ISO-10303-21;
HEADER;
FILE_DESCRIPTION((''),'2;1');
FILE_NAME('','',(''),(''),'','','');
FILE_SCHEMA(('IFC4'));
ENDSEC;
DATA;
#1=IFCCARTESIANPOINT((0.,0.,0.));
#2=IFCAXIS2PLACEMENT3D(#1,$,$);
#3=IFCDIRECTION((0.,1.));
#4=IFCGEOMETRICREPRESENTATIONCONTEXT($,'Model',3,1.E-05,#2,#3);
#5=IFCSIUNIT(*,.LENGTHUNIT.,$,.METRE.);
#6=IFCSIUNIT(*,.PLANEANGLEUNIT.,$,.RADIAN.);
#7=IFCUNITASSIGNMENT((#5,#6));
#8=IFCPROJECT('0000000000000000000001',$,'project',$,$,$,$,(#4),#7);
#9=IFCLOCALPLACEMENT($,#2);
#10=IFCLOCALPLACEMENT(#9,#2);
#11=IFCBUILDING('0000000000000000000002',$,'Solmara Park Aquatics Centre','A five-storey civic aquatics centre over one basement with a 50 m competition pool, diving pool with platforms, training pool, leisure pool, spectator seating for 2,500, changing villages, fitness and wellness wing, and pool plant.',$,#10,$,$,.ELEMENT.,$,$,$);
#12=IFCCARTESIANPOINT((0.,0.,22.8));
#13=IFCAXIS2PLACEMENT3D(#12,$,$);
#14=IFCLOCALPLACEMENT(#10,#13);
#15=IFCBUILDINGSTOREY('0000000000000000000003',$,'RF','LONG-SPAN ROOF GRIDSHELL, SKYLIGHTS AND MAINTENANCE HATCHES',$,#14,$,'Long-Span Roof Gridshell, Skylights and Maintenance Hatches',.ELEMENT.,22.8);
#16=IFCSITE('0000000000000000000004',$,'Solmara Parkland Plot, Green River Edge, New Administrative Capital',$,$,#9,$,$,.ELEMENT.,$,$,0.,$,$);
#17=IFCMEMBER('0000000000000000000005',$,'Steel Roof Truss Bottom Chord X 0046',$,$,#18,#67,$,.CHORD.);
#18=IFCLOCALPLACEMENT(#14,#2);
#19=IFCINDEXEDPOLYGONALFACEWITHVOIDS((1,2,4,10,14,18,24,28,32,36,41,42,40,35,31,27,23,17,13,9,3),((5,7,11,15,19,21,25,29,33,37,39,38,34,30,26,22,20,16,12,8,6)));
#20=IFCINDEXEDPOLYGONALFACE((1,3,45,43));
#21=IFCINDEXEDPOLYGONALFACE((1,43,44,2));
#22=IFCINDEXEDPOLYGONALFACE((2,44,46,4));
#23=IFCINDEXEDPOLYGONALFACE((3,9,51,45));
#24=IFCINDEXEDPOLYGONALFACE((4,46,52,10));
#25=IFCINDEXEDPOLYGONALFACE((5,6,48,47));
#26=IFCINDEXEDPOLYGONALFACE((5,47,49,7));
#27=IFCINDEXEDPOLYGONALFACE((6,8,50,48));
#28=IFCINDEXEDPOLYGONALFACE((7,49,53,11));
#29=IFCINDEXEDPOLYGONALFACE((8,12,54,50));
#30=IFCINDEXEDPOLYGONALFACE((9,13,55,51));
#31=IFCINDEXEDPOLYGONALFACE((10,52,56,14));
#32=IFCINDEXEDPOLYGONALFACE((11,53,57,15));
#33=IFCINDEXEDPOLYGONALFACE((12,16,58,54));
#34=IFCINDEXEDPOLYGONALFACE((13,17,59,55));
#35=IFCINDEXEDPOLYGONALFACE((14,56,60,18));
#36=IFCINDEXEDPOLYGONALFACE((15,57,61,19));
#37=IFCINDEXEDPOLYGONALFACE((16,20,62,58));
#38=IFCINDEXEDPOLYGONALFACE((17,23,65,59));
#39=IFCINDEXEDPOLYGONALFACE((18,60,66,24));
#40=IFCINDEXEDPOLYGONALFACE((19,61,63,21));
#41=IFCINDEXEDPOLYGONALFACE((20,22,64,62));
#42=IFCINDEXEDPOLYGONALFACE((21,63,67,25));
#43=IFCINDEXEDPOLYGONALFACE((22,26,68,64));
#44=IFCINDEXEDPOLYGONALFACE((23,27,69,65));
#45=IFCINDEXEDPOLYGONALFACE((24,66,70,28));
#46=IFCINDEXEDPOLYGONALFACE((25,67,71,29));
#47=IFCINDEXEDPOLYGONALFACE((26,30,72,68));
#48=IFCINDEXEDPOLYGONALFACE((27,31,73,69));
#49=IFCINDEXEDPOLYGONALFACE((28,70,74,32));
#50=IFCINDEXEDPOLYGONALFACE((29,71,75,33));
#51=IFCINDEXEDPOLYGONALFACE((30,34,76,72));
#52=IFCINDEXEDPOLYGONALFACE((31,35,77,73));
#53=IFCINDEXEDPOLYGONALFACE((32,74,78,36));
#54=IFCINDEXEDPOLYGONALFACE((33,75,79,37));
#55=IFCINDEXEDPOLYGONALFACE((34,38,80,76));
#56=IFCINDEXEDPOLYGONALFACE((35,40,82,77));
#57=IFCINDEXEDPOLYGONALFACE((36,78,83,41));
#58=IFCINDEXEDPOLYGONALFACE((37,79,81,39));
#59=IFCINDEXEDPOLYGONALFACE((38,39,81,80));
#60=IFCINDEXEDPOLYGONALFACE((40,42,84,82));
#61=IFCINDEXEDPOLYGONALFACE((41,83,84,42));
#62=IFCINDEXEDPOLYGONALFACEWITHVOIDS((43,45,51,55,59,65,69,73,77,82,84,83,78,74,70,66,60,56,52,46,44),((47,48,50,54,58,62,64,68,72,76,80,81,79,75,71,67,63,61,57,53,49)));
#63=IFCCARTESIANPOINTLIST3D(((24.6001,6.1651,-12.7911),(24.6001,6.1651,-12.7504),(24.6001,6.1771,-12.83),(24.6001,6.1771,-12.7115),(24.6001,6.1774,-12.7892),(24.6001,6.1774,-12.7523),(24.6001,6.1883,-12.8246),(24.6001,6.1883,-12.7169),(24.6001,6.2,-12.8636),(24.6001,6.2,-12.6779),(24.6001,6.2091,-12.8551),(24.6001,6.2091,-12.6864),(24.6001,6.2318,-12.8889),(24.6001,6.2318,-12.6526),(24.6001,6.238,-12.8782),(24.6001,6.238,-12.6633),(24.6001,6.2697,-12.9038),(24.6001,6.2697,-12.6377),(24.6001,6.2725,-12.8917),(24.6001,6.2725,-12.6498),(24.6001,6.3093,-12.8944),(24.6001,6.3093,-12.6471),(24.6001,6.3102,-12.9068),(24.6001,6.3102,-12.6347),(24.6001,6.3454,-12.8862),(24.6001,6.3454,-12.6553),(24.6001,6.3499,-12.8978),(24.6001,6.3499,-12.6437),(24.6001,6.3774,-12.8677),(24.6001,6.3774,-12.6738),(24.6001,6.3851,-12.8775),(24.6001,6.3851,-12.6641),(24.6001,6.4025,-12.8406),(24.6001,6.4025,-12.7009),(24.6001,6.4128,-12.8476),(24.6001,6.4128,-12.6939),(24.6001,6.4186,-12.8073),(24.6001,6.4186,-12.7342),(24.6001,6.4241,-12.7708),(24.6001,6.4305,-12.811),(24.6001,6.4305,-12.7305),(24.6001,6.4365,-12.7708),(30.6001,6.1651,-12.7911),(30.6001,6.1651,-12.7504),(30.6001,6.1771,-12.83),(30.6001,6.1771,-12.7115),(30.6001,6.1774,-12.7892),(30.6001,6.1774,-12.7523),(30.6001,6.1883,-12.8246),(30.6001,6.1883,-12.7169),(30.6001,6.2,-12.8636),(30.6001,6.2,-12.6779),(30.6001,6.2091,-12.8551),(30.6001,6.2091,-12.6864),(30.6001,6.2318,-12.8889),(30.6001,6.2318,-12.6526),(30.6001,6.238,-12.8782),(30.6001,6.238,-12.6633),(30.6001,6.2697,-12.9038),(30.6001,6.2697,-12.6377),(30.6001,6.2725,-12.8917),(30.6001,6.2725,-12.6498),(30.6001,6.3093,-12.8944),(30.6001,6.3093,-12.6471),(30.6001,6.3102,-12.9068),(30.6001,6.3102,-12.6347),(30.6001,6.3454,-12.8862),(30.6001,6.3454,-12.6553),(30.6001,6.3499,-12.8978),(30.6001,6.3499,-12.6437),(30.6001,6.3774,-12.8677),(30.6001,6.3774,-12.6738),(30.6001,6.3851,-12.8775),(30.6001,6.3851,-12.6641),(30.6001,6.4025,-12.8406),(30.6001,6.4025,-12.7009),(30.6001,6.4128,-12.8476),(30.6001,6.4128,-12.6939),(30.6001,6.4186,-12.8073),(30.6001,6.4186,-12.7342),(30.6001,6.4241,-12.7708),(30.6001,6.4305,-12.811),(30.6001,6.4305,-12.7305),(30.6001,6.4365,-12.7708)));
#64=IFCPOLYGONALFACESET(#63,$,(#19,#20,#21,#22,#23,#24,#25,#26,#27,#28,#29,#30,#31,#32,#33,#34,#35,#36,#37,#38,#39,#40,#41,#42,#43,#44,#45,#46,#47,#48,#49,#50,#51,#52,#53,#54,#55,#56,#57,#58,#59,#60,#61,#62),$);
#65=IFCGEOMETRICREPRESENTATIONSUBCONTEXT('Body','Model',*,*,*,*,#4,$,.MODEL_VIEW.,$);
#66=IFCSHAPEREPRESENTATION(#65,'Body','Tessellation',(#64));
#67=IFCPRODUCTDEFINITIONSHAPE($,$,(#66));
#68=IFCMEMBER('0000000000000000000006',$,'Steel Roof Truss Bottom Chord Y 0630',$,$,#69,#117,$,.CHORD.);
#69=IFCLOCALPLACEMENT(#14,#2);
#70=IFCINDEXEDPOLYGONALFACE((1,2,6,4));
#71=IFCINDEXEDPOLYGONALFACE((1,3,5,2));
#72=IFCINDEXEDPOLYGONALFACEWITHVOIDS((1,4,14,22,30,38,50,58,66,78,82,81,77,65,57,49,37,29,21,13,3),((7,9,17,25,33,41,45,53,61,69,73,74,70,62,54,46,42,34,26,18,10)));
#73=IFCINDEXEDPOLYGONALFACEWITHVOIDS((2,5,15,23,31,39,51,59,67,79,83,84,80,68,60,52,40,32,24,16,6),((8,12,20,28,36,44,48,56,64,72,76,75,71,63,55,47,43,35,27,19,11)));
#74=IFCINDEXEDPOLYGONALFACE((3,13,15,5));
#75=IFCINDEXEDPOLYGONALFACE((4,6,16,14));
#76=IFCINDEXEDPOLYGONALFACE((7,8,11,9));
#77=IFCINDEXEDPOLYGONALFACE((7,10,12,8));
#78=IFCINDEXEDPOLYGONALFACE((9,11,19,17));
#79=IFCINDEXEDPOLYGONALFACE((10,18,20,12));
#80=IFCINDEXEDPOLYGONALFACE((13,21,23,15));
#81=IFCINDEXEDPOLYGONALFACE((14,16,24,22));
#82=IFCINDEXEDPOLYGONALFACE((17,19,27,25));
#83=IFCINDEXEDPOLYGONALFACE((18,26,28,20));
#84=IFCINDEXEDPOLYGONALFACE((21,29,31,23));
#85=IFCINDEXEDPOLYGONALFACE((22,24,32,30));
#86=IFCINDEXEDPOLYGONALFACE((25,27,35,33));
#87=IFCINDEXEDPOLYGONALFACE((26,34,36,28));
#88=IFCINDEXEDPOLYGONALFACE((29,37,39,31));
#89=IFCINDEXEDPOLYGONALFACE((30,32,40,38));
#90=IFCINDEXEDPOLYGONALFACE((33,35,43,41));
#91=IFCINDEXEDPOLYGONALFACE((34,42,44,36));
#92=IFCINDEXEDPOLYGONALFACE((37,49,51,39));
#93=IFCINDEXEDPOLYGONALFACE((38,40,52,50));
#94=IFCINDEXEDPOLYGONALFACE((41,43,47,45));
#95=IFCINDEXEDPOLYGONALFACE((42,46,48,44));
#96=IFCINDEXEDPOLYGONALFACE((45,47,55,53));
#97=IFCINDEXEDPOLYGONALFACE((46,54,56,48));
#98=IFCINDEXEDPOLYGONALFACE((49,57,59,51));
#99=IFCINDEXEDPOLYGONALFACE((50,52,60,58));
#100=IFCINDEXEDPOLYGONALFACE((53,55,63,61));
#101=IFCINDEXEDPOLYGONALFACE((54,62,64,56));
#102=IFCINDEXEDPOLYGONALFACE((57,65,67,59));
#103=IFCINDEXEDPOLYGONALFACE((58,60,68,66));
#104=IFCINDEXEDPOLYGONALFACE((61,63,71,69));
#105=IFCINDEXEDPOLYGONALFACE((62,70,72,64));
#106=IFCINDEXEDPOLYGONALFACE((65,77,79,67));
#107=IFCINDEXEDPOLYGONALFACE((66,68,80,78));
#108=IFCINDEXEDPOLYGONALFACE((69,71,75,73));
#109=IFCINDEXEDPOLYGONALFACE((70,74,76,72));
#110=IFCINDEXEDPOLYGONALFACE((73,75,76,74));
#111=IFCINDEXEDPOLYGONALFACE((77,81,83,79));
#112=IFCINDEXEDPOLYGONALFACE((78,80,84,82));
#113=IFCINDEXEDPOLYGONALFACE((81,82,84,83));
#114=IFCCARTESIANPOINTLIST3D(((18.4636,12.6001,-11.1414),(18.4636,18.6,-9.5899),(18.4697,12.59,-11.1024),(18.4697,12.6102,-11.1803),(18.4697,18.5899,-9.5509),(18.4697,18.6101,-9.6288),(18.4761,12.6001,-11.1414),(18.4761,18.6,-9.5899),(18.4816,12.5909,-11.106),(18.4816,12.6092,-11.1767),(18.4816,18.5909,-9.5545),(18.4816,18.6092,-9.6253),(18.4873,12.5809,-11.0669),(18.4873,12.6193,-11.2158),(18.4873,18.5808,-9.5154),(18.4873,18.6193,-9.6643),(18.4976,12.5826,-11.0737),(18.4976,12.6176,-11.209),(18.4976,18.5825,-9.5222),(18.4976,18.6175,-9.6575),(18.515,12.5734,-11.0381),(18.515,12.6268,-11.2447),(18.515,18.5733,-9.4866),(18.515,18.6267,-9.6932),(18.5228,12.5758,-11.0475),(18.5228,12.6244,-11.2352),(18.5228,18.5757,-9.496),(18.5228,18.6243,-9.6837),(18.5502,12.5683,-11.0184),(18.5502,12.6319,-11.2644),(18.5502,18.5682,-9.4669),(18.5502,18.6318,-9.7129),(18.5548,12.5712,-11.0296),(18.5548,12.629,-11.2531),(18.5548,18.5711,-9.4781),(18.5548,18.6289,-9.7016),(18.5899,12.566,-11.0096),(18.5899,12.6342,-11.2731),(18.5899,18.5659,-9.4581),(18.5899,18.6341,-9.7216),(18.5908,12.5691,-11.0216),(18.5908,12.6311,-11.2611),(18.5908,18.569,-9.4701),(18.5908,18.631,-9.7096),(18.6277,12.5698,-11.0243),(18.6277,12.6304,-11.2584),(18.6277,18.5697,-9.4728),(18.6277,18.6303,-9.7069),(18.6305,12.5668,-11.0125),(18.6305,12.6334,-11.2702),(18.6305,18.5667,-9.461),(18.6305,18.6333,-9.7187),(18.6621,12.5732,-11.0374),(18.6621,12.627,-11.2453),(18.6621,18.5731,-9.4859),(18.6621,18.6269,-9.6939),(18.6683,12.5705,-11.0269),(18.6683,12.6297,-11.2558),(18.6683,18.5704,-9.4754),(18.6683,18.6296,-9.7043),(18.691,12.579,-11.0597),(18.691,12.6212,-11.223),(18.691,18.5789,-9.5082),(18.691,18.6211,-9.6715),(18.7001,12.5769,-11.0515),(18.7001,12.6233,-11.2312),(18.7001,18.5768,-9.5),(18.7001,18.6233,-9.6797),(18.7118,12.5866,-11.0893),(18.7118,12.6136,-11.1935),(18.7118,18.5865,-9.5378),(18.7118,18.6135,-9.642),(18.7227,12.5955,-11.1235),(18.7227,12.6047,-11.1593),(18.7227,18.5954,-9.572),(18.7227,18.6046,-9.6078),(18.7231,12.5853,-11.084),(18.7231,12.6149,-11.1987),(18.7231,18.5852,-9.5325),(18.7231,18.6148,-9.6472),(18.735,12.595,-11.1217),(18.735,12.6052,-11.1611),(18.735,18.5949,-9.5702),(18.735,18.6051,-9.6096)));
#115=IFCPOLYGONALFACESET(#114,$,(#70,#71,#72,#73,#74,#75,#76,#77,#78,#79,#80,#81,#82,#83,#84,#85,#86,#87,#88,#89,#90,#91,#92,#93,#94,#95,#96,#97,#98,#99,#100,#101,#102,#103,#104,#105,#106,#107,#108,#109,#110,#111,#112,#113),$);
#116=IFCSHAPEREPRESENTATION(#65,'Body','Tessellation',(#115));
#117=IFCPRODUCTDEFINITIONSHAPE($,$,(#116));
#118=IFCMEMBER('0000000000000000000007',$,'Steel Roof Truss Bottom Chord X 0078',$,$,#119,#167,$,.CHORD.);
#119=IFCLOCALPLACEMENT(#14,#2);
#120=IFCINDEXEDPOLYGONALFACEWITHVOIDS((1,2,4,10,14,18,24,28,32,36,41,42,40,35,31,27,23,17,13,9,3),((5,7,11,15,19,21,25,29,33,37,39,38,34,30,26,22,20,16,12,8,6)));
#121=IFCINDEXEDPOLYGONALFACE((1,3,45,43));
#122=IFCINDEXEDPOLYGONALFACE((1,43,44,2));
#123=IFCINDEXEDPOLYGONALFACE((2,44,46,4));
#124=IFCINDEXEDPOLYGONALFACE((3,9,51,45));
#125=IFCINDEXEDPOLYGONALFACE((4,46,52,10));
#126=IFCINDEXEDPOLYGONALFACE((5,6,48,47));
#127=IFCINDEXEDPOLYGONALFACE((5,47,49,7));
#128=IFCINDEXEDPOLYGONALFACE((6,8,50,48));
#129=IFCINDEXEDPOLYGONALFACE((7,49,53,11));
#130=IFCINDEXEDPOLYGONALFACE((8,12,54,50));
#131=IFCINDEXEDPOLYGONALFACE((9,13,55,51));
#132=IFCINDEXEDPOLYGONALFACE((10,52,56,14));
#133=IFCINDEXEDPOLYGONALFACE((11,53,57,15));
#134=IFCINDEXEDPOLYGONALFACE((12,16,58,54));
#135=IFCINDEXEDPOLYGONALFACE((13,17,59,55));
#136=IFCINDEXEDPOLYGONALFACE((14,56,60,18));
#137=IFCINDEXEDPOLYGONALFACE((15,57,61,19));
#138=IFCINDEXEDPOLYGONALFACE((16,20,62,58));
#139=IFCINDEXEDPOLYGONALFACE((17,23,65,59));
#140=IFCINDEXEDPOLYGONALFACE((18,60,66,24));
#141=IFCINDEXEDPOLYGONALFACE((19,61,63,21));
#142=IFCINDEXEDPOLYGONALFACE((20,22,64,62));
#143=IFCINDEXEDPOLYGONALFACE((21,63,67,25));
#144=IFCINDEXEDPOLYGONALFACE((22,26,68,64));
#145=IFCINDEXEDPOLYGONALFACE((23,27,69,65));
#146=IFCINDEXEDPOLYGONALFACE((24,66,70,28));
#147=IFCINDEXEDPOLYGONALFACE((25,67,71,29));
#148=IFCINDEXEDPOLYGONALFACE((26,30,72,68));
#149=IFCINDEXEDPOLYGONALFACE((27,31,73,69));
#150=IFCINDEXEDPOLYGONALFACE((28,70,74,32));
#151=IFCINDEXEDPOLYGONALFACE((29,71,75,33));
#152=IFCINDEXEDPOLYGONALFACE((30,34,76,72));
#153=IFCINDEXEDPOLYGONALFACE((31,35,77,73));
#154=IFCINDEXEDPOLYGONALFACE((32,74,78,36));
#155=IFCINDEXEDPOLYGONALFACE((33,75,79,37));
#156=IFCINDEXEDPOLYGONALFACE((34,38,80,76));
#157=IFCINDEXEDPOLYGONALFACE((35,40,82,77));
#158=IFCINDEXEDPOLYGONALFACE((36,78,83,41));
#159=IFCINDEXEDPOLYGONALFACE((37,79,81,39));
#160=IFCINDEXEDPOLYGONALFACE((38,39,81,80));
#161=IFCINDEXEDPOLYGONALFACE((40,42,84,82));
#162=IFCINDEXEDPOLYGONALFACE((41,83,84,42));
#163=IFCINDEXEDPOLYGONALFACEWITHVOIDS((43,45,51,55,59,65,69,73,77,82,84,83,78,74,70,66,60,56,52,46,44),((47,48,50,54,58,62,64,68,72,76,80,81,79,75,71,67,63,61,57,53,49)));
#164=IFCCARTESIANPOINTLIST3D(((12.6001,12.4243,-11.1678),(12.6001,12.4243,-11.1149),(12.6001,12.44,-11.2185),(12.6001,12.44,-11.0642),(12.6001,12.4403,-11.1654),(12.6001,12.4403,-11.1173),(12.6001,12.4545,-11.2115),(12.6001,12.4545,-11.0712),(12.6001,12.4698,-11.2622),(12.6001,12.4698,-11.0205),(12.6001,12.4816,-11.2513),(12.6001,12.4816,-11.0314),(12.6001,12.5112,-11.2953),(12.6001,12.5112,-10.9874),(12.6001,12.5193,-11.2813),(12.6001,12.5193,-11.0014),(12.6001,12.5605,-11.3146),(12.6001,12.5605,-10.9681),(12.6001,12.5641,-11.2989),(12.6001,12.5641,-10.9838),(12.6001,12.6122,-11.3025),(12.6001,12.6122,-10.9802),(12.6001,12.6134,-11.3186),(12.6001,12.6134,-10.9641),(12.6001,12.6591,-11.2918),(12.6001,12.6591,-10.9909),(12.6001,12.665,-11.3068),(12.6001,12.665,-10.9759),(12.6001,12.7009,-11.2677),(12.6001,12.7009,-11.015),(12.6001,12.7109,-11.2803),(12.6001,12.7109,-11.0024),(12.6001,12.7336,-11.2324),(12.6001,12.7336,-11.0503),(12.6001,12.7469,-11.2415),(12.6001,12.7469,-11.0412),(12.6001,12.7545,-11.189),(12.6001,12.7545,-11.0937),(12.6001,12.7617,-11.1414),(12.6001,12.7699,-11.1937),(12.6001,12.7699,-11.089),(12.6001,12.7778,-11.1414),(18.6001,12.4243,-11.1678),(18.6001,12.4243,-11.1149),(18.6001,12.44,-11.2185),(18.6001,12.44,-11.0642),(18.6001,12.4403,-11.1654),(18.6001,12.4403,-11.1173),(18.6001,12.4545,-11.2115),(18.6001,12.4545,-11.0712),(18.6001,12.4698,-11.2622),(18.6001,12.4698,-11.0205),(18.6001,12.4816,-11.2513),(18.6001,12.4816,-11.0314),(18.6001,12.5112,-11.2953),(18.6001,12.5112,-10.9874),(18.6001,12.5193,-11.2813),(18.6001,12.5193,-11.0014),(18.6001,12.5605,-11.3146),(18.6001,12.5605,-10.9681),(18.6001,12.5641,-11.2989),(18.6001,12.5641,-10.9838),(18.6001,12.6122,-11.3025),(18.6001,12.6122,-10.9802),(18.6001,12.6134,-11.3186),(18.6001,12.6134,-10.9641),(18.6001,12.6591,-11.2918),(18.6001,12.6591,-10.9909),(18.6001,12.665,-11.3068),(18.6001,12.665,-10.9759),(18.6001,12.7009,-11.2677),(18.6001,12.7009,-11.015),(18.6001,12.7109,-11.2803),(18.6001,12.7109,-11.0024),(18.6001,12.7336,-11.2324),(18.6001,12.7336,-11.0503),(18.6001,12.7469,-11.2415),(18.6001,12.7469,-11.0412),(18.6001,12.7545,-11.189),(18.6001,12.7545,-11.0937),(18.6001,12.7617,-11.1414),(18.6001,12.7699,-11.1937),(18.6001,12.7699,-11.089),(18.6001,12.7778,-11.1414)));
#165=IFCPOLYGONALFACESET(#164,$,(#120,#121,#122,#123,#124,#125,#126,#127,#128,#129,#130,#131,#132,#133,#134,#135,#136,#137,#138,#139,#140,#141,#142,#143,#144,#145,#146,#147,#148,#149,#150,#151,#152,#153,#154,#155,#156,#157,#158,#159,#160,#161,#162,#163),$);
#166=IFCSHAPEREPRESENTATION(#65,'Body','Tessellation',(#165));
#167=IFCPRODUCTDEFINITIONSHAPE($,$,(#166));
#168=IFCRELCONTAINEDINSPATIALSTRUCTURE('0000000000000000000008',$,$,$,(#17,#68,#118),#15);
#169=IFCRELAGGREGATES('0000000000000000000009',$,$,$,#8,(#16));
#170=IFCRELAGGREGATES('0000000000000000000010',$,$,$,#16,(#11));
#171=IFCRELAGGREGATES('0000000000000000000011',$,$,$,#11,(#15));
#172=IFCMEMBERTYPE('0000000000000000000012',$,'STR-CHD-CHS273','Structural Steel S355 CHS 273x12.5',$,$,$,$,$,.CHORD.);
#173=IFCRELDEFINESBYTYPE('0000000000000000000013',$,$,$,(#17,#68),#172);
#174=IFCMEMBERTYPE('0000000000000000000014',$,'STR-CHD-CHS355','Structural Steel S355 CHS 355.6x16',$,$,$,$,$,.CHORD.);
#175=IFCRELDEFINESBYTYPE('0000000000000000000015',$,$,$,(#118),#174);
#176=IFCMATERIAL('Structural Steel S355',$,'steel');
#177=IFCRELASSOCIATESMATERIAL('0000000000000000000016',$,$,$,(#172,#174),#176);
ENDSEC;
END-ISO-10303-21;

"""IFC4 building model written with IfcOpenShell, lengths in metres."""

from ifc_helpers import new_model, si_unit, direction, frame, origin, origin_2d, place, context, subcontext, project, spatial, hollow_circle, extrude, material, material_profile, profile_set, type_object, element, save


model = new_model("IFC4")

# Units and contexts
model_context = context("Model", 3, precision=1e-05, world=origin(), true_north=direction((0.0, 1.0)))
body_context = subcontext(model_context, "Body", "Model", "MODEL_VIEW")
ifc_project = project(units=[si_unit("LENGTHUNIT", "METRE"), si_unit("PLANEANGLEUNIT", "RADIAN")], contexts=[model_context])

# Site, building, storey
site_placement = place(None, origin())
site = spatial("IfcSite", under=ifc_project, at=site_placement, Name="Solmara Parkland Plot, Green River Edge, New Administrative Capital", CompositionType="ELEMENT", RefElevation=0.0)
building_placement = place(site_placement, origin())
building = spatial("IfcBuilding", under=site, at=building_placement, Name="Solmara Park Aquatics Centre", Description="A five-storey civic aquatics centre over one basement with a 50 m competition pool, diving pool with platforms, training pool, leisure pool, spectator seating for 2,500, changing villages, fitness and wellness wing, and pool plant.", CompositionType="ELEMENT")
storey_placement = place(building_placement, frame((0.0, 0.0, 22.8)))
storey = spatial("IfcBuildingStorey", under=building, at=storey_placement, Name="RF", Description="LONG-SPAN ROOF GRIDSHELL, SKYLIGHTS AND MAINTENANCE HATCHES", LongName="Long-Span Roof Gridshell, Skylights and Maintenance Hatches", CompositionType="ELEMENT", Elevation=22.8)

# Members
ifc_material_1 = material(Name="Structural Steel S355", Category="steel")
ifc_material_profile_1 = material_profile(ifc_material_1, hollow_circle(Radius=0.1365, WallThickness=0.0125, at=origin_2d()), Name="CHS 273x12.5")
ifc_profile_set_1 = profile_set([ifc_material_profile_1], Name="Structural Steel S355")
member_type_1 = type_object("IfcMemberType", Name="STR-CHD-CHS273", Description="Structural Steel S355 CHS 273x12.5", PredefinedType="CHORD", material=ifc_profile_set_1)
member_1_placement = place(storey_placement, frame((24.6001, 6.3, -12.7708), z_axis=(1.0, 0.0, 0.0), x_axis=(0.0, 1.0, 0.0)))
element("IfcMember", 1, at=member_1_placement, inside=storey, type_object=member_type_1, Name="Steel Roof Truss Bottom Chord X 0046", PredefinedType="CHORD", context=body_context, shape_type="SweptSolid", body=[
    extrude(hollow_circle(Radius=0.1365, WallThickness=0.0125, at=origin_2d()), origin(), (0.0, 0.0, 1.0), 6.0),
])
member_2_placement = place(storey_placement, frame((18.6001, 12.6001, -11.1414), z_axis=(0.0, 0.968155, 0.250351), x_axis=(-1.0, 0.0, 0.0)))
element("IfcMember", 2, at=member_2_placement, inside=storey, type_object=member_type_1, Name="Steel Roof Truss Bottom Chord Y 0630", PredefinedType="CHORD", context=body_context, shape_type="SweptSolid", body=[
    extrude(hollow_circle(Radius=0.1365, WallThickness=0.0125, at=origin_2d()), origin(), (0.0, 0.0, 1.0), 6.1973),
])
ifc_material_profile_2 = material_profile(ifc_material_1, hollow_circle(Radius=0.1777, WallThickness=0.0161, at=origin_2d()), Name="CHS 355.6x16")
ifc_profile_set_2 = profile_set([ifc_material_profile_2], Name="Structural Steel S355")
member_type_2 = type_object("IfcMemberType", Name="STR-CHD-CHS355", Description="Structural Steel S355 CHS 355.6x16", PredefinedType="CHORD", material=ifc_profile_set_2)
for number, where, z_axis, x_axis, name in (
    (3, (12.6001, 12.6001, -11.1414), (1.0, 0.0, 0.0), (0.0, 1.0, 0.0), "Steel Roof Truss Bottom Chord X 0078"),
):
    element("IfcMember", number, at=place(storey_placement, frame(where, z_axis=z_axis, x_axis=x_axis)), inside=storey, type_object=member_type_2, Name=name, PredefinedType="CHORD", context=body_context, shape_type="SweptSolid", body=[
        extrude(hollow_circle(Radius=0.1777, WallThickness=0.0161, at=origin_2d()), origin(), (0.0, 0.0, 1.0), 6.0),
    ])

save(model, "model.ifc")
